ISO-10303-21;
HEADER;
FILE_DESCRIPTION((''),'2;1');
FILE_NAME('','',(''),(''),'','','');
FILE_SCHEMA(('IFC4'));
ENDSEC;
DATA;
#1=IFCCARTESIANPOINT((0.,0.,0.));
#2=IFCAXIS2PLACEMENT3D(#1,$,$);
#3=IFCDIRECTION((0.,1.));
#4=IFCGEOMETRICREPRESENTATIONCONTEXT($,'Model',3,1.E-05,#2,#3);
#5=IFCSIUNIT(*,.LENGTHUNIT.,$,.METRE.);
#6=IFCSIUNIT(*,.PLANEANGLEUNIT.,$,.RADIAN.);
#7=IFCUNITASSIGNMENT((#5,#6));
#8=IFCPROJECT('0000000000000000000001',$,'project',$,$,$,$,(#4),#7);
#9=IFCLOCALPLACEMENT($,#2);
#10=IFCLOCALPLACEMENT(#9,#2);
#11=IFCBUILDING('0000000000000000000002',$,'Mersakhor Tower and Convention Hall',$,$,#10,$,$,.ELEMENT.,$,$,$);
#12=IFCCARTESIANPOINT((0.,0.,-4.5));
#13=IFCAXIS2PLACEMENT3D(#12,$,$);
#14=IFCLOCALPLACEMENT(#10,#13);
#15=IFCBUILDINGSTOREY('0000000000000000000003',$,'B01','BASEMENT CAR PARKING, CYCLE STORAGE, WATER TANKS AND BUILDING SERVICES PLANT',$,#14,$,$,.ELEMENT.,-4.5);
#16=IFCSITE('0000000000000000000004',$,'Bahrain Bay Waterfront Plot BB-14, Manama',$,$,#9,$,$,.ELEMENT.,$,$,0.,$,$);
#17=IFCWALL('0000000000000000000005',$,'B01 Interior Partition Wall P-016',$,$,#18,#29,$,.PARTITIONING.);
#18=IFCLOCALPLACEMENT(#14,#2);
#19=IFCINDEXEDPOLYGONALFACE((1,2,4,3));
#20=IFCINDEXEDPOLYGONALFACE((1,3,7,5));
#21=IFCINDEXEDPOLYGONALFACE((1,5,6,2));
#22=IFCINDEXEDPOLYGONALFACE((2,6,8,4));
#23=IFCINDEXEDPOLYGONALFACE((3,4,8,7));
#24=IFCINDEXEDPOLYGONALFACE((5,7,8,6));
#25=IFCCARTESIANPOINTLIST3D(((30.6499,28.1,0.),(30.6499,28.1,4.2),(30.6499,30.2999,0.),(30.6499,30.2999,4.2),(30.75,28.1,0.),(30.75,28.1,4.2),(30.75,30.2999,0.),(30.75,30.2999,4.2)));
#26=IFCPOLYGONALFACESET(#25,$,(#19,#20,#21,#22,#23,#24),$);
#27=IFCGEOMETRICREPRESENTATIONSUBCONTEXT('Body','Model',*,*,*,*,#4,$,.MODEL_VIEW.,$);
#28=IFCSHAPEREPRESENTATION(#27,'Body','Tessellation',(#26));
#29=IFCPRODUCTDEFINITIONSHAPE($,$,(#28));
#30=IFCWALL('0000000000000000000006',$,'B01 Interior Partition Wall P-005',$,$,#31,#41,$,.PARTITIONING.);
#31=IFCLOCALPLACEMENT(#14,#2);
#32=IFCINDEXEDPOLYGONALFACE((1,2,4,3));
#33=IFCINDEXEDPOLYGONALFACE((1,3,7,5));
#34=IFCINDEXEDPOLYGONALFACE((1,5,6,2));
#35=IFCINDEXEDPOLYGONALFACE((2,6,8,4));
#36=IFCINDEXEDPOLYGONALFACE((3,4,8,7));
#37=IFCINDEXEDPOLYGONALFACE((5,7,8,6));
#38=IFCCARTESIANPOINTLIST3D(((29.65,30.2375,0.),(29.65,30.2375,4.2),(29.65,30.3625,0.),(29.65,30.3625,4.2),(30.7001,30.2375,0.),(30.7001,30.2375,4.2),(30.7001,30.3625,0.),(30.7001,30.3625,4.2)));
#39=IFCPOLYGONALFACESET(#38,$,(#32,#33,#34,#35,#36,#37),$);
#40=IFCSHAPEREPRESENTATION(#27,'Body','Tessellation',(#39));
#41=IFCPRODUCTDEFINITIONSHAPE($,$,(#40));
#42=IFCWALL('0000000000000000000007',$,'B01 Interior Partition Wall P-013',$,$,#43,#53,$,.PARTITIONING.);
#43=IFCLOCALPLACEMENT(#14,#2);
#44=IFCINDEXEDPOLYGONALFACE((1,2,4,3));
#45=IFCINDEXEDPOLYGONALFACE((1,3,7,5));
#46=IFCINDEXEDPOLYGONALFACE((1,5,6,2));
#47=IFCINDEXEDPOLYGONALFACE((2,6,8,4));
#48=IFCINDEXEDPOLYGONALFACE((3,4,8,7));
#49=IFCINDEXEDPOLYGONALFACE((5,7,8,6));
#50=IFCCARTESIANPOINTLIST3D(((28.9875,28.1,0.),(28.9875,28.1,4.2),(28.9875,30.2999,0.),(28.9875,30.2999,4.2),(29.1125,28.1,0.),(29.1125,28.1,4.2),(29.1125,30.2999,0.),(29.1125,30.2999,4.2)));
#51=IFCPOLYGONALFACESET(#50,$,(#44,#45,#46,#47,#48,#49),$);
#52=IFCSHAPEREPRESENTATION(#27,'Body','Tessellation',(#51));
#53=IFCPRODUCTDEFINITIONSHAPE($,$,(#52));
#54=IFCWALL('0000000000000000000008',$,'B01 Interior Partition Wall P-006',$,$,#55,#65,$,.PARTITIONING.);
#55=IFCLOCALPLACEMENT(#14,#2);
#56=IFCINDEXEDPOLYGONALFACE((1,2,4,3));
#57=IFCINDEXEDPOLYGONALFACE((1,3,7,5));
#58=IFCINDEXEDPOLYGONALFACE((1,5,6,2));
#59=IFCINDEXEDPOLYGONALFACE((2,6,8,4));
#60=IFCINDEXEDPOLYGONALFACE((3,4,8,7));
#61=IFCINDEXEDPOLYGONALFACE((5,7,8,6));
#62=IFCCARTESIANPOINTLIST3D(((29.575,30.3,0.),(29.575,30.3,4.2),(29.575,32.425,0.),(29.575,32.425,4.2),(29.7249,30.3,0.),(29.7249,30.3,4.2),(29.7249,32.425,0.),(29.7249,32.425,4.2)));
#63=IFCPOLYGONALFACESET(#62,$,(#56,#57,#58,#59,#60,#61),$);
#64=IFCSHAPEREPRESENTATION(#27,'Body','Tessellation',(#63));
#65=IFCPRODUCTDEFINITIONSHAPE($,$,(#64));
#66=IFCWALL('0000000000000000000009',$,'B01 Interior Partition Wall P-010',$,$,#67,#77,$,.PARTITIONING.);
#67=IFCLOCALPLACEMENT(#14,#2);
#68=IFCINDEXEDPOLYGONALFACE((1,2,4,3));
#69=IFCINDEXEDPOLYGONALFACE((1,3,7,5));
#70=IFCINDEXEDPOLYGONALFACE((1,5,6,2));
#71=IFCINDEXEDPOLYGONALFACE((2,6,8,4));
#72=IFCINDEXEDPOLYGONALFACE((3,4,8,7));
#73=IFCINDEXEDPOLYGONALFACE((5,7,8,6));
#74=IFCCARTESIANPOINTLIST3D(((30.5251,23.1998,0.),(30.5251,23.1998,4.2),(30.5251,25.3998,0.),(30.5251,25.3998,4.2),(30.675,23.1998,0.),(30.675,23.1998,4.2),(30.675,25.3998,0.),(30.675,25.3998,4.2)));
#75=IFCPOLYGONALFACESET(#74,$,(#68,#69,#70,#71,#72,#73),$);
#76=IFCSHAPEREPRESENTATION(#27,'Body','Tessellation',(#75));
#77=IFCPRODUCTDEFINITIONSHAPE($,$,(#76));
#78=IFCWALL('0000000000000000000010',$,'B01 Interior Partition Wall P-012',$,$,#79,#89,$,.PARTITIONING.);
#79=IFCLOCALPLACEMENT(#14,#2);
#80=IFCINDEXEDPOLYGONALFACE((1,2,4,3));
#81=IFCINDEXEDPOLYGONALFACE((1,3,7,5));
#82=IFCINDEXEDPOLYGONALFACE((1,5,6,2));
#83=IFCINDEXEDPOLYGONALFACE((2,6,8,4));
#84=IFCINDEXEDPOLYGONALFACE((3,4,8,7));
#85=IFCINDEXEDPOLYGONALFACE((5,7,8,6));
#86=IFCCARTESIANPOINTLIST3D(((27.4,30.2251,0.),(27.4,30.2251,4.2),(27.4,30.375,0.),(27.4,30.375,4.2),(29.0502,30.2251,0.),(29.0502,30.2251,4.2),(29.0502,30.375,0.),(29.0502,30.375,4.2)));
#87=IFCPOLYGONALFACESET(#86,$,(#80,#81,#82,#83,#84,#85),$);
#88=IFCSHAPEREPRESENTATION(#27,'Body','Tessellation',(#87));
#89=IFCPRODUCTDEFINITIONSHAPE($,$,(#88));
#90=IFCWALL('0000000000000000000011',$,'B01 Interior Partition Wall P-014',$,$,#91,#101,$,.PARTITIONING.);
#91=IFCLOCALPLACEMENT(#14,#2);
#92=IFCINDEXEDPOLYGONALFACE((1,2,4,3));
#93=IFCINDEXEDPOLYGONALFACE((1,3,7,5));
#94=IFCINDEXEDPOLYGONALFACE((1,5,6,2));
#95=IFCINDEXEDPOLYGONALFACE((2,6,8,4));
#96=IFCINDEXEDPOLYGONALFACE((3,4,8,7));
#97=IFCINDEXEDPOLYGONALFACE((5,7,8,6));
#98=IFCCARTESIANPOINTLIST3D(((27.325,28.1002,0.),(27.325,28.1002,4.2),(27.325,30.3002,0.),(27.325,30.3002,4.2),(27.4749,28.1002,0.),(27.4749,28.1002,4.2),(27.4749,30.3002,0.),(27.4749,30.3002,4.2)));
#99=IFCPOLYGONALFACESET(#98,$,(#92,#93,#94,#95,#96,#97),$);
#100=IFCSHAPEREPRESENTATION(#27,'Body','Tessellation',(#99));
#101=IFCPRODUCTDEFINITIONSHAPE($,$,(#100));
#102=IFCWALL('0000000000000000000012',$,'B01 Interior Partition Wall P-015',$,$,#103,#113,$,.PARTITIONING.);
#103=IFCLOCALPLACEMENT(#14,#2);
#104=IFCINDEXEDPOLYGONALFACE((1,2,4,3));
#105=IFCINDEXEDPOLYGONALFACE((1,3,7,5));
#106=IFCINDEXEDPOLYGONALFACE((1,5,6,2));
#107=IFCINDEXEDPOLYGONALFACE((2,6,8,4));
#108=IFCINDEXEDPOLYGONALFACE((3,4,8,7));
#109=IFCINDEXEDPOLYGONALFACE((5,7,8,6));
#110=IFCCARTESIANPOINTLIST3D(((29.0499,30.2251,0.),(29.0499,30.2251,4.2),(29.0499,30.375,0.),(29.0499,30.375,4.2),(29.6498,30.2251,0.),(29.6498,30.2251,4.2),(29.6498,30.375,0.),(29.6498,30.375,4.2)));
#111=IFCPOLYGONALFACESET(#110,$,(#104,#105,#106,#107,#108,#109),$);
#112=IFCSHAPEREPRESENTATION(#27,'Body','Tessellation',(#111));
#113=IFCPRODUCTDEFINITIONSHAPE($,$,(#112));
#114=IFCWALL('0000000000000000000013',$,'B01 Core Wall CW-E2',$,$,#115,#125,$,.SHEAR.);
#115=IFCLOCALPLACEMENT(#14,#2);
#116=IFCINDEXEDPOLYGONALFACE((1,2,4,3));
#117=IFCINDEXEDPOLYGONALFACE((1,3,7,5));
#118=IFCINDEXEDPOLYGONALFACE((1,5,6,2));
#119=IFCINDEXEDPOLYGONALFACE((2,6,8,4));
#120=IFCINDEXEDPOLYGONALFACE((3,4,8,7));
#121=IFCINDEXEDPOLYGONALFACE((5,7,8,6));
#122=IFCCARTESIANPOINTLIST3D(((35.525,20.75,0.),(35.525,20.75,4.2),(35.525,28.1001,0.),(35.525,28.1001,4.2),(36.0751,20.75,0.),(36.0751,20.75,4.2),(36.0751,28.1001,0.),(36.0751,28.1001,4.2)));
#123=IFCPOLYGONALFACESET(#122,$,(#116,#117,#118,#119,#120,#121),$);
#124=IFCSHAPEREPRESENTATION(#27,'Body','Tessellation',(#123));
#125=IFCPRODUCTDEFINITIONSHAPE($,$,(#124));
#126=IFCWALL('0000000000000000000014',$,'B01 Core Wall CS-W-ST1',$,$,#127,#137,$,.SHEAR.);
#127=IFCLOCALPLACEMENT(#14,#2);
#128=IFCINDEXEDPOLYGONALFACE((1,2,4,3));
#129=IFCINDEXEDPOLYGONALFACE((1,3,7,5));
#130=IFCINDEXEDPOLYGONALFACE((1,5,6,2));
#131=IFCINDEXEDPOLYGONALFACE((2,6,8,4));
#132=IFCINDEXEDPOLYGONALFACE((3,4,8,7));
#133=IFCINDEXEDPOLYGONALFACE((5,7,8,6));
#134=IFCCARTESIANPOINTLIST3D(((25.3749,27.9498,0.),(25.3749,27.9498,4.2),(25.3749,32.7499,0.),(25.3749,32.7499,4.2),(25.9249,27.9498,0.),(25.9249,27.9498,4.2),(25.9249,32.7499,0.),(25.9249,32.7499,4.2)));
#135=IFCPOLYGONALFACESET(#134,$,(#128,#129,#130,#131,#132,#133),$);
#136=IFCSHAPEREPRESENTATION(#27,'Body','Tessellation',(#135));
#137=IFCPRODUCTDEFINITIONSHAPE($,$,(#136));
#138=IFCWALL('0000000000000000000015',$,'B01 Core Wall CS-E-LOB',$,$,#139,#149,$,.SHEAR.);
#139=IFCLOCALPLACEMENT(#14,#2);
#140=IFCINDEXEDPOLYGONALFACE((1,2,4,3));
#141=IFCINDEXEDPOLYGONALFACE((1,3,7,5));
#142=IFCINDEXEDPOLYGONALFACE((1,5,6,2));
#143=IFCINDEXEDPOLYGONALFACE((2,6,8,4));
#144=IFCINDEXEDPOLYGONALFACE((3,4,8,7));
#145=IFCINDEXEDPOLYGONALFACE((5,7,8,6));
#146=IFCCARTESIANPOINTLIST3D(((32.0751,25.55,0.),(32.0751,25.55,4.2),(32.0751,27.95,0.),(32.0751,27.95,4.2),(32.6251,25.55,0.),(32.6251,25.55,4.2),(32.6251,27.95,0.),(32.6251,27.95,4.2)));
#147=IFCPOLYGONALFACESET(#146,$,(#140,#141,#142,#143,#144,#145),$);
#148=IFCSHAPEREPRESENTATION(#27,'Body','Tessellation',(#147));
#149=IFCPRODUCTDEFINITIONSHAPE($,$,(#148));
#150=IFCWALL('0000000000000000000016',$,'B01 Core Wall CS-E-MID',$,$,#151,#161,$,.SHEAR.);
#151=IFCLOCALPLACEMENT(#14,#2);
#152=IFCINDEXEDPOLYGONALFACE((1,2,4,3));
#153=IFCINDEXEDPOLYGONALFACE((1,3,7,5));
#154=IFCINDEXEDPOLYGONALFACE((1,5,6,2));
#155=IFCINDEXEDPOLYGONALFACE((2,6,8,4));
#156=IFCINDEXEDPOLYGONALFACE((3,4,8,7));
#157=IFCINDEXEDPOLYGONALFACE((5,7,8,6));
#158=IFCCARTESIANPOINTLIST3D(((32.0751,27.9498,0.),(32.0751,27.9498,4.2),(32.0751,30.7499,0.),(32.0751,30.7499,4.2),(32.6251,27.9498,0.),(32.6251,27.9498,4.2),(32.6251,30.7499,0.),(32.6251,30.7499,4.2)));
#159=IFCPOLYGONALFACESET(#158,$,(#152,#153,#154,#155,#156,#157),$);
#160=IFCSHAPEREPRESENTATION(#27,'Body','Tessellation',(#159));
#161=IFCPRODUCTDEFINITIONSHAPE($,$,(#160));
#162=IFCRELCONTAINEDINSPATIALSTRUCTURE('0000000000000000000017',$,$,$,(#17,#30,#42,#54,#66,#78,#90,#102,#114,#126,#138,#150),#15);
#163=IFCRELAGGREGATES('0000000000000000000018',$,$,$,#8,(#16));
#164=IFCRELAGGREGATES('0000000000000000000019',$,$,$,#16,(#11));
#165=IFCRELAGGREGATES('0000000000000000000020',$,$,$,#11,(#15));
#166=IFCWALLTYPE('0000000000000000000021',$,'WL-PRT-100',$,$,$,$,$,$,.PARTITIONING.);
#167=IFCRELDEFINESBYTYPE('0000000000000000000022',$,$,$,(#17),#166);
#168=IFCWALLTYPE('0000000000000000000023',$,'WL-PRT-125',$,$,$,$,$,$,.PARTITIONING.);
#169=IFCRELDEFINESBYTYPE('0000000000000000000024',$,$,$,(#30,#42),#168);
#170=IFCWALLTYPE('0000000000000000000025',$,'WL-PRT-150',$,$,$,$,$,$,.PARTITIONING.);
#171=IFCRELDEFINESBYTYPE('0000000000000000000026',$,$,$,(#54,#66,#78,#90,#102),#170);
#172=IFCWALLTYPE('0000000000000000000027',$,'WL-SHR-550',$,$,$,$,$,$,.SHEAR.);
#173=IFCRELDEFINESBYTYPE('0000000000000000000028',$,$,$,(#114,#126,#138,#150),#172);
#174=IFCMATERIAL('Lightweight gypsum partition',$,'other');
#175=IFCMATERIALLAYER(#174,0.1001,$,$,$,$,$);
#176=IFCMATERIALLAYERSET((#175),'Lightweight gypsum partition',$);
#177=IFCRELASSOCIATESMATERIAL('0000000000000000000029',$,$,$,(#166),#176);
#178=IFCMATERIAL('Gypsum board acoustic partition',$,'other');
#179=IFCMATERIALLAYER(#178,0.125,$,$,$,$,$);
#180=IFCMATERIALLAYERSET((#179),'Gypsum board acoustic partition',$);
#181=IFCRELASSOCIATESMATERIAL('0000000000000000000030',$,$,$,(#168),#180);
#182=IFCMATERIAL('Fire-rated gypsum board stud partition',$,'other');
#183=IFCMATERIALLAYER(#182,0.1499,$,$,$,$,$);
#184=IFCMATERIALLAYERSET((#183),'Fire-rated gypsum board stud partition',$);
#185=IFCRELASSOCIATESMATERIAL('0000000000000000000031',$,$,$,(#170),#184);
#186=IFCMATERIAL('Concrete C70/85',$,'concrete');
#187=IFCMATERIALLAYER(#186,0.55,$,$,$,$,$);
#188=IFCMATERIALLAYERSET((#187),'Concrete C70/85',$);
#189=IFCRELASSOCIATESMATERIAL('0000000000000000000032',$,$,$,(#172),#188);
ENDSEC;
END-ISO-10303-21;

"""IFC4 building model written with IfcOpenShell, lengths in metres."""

from ifc_helpers import new_model, si_unit, direction, frame, frame_2d, origin, place, context, subcontext, project, spatial, rectangle, extrude, material, layer, layer_set, type_object, element, save


model = new_model("IFC4")

# Units and contexts
model_context = context("Model", 3, precision=1e-05, world=origin(), true_north=direction((0.0, 1.0)))
body_context = subcontext(model_context, "Body", "Model", "MODEL_VIEW")
ifc_project = project(units=[si_unit("LENGTHUNIT", "METRE"), si_unit("PLANEANGLEUNIT", "RADIAN")], contexts=[model_context])

# Site, building, storey
site_placement = place(None, origin())
site = spatial("IfcSite", under=ifc_project, at=site_placement, Name="Bahrain Bay Waterfront Plot BB-14, Manama", CompositionType="ELEMENT", RefElevation=0.0)
building_placement = place(site_placement, origin())
building = spatial("IfcBuilding", under=site, at=building_placement, Name="Mersakhor Tower and Convention Hall", CompositionType="ELEMENT")
storey_placement = place(building_placement, frame((0.0, 0.0, -4.5)))
storey = spatial("IfcBuildingStorey", under=building, at=storey_placement, Name="B01", Description="BASEMENT CAR PARKING, CYCLE STORAGE, WATER TANKS AND BUILDING SERVICES PLANT", CompositionType="ELEMENT", Elevation=-4.5)

# Walls
ifc_material_1 = material(Name="Lightweight gypsum partition", Category="other")
ifc_layer_1 = layer(ifc_material_1, 0.1001)
ifc_layer_set_1 = layer_set([ifc_layer_1], Name="Lightweight gypsum partition")
wall_type_1 = type_object("IfcWallType", Name="WL-PRT-100", PredefinedType="PARTITIONING", material=ifc_layer_set_1)
wall_1_placement = place(storey_placement, frame((30.7, 30.3, 0.0), z_axis=(0.0, 0.0, 1.0), x_axis=(0.0, -1.0, 0.0)))
element("IfcWall", 1, at=wall_1_placement, inside=storey, type_object=wall_type_1, Name="B01 Interior Partition Wall P-016", PredefinedType="PARTITIONING", context=body_context, shape_type="SweptSolid", body=[
    extrude(rectangle(XDim=2.2, YDim=0.1001, at=frame_2d((1.1001, 0.0))), origin(), (0.0, 0.0, 1.0), 4.2),
])
ifc_material_2 = material(Name="Gypsum board acoustic partition", Category="other")
ifc_layer_2 = layer(ifc_material_2, 0.125)
ifc_layer_set_2 = layer_set([ifc_layer_2], Name="Gypsum board acoustic partition")
wall_type_2 = type_object("IfcWallType", Name="WL-PRT-125", PredefinedType="PARTITIONING", material=ifc_layer_set_2)
wall_2_placement = place(storey_placement, frame((30.7, 30.3, 0.0), z_axis=(0.0, 0.0, 1.0), x_axis=(-1.0, 0.0, 0.0)))
element("IfcWall", 2, at=wall_2_placement, inside=storey, type_object=wall_type_2, Name="B01 Interior Partition Wall P-005", PredefinedType="PARTITIONING", context=body_context, shape_type="SweptSolid", body=[
    extrude(rectangle(XDim=1.05, YDim=0.125, at=frame_2d((0.5249, 0.0))), origin(), (0.0, 0.0, 1.0), 4.2),
])
wall_3_placement = place(storey_placement, frame((29.05, 30.3, 0.0), z_axis=(0.0, 0.0, 1.0), x_axis=(0.0, -1.0, 0.0)))
element("IfcWall", 3, at=wall_3_placement, inside=storey, type_object=wall_type_2, Name="B01 Interior Partition Wall P-013", PredefinedType="PARTITIONING", context=body_context, shape_type="SweptSolid", body=[
    extrude(rectangle(XDim=2.2, YDim=0.125, at=frame_2d((1.1001, 0.0))), origin(), (0.0, 0.0, 1.0), 4.2),
])
ifc_material_3 = material(Name="Fire-rated gypsum board stud partition", Category="other")
ifc_layer_3 = layer(ifc_material_3, 0.1499)
ifc_layer_set_3 = layer_set([ifc_layer_3], Name="Fire-rated gypsum board stud partition")
wall_type_3 = type_object("IfcWallType", Name="WL-PRT-150", PredefinedType="PARTITIONING", material=ifc_layer_set_3)
wall_4_placement = place(storey_placement, frame((29.6499, 30.3, 0.0), z_axis=(0.0, 0.0, 1.0), x_axis=(0.0, 1.0, 0.0)))
element("IfcWall", 4, at=wall_4_placement, inside=storey, type_object=wall_type_3, Name="B01 Interior Partition Wall P-006", PredefinedType="PARTITIONING", context=body_context, shape_type="SweptSolid", body=[
    extrude(rectangle(XDim=2.125, YDim=0.1499, at=frame_2d((1.0625, 0.0))), origin(), (0.0, 0.0, 1.0), 4.2),
])
wall_5_placement = place(storey_placement, frame((30.6001, 25.3999, 0.0), z_axis=(0.0, 0.0, 1.0), x_axis=(0.0, -1.0, 0.0)))
element("IfcWall", 5, at=wall_5_placement, inside=storey, type_object=wall_type_3, Name="B01 Interior Partition Wall P-010", PredefinedType="PARTITIONING", context=body_context, shape_type="SweptSolid", body=[
    extrude(rectangle(XDim=2.2, YDim=0.1499, at=frame_2d((1.1001, 0.0))), origin(), (0.0, 0.0, 1.0), 4.2),
])
wall_6_placement = place(storey_placement, frame((27.3999, 30.3, 0.0), z_axis=(0.0, 0.0, 1.0), x_axis=(1.0, 0.0, 0.0)))
element("IfcWall", 6, at=wall_6_placement, inside=storey, type_object=wall_type_3, Name="B01 Interior Partition Wall P-012", PredefinedType="PARTITIONING", context=body_context, shape_type="SweptSolid", body=[
    extrude(rectangle(XDim=1.6501, YDim=0.1499, at=frame_2d((0.8252, 0.0))), origin(), (0.0, 0.0, 1.0), 4.2),
])
wall_7_placement = place(storey_placement, frame((27.3999, 28.1001, 0.0), z_axis=(0.0, 0.0, 1.0), x_axis=(0.0, 1.0, 0.0)))
element("IfcWall", 7, at=wall_7_placement, inside=storey, type_object=wall_type_3, Name="B01 Interior Partition Wall P-014", PredefinedType="PARTITIONING", context=body_context, shape_type="SweptSolid", body=[
    extrude(rectangle(XDim=2.2, YDim=0.1499, at=frame_2d((1.1001, 0.0))), origin(), (0.0, 0.0, 1.0), 4.2),
])
wall_8_placement = place(storey_placement, frame((29.05, 30.3, 0.0), z_axis=(0.0, 0.0, 1.0), x_axis=(1.0, 0.0, 0.0)))
element("IfcWall", 8, at=wall_8_placement, inside=storey, type_object=wall_type_3, Name="B01 Interior Partition Wall P-015", PredefinedType="PARTITIONING", context=body_context, shape_type="SweptSolid", body=[
    extrude(rectangle(XDim=0.5999, YDim=0.1499, at=frame_2d((0.2998, 0.0))), origin(), (0.0, 0.0, 1.0), 4.2),
])

# Walls
ifc_material_4 = material(Name="Concrete C70/85", Category="concrete")
ifc_layer_4 = layer(ifc_material_4, 0.55)
ifc_layer_set_4 = layer_set([ifc_layer_4], Name="Concrete C70/85")
wall_type_4 = type_object("IfcWallType", Name="WL-SHR-550", PredefinedType="SHEAR", material=ifc_layer_set_4)
wall_9_placement = place(storey_placement, frame((35.8, 28.1001, 0.0), z_axis=(0.0, 0.0, 1.0), x_axis=(0.0, -1.0, 0.0)))
element("IfcWall", 9, at=wall_9_placement, inside=storey, type_object=wall_type_4, Name="B01 Core Wall CW-E2", PredefinedType="SHEAR", context=body_context, shape_type="SweptSolid", body=[
    extrude(rectangle(XDim=7.3501, YDim=0.55, at=frame_2d((3.675, 0.0))), origin(), (0.0, 0.0, 1.0), 4.2),
])
wall_10_placement = place(storey_placement, frame((25.6499, 27.95, 0.0), z_axis=(0.0, 0.0, 1.0), x_axis=(0.0, 1.0, 0.0)))
element("IfcWall", 10, at=wall_10_placement, inside=storey, type_object=wall_type_4, Name="B01 Core Wall CS-W-ST1", PredefinedType="SHEAR", context=body_context, shape_type="SweptSolid", body=[
    extrude(rectangle(XDim=4.8, YDim=0.55, at=frame_2d((2.3999, 0.0))), origin(), (0.0, 0.0, 1.0), 4.2),
])
wall_11_placement = place(storey_placement, frame((32.3501, 25.55, 0.0), z_axis=(0.0, 0.0, 1.0), x_axis=(0.0, 1.0, 0.0)))
element("IfcWall", 11, at=wall_11_placement, inside=storey, type_object=wall_type_4, Name="B01 Core Wall CS-E-LOB", PredefinedType="SHEAR", context=body_context, shape_type="SweptSolid", body=[
    extrude(rectangle(XDim=2.3999, YDim=0.55, at=frame_2d((1.2, 0.0))), origin(), (0.0, 0.0, 1.0), 4.2),
])
wall_12_placement = place(storey_placement, frame((32.3501, 27.95, 0.0), z_axis=(0.0, 0.0, 1.0), x_axis=(0.0, 1.0, 0.0)))
element("IfcWall", 12, at=wall_12_placement, inside=storey, type_object=wall_type_4, Name="B01 Core Wall CS-E-MID", PredefinedType="SHEAR", context=body_context, shape_type="SweptSolid", body=[
    extrude(rectangle(XDim=2.8, YDim=0.55, at=frame_2d((1.3999, 0.0))), origin(), (0.0, 0.0, 1.0), 4.2),
])

save(model, "model.ifc")
